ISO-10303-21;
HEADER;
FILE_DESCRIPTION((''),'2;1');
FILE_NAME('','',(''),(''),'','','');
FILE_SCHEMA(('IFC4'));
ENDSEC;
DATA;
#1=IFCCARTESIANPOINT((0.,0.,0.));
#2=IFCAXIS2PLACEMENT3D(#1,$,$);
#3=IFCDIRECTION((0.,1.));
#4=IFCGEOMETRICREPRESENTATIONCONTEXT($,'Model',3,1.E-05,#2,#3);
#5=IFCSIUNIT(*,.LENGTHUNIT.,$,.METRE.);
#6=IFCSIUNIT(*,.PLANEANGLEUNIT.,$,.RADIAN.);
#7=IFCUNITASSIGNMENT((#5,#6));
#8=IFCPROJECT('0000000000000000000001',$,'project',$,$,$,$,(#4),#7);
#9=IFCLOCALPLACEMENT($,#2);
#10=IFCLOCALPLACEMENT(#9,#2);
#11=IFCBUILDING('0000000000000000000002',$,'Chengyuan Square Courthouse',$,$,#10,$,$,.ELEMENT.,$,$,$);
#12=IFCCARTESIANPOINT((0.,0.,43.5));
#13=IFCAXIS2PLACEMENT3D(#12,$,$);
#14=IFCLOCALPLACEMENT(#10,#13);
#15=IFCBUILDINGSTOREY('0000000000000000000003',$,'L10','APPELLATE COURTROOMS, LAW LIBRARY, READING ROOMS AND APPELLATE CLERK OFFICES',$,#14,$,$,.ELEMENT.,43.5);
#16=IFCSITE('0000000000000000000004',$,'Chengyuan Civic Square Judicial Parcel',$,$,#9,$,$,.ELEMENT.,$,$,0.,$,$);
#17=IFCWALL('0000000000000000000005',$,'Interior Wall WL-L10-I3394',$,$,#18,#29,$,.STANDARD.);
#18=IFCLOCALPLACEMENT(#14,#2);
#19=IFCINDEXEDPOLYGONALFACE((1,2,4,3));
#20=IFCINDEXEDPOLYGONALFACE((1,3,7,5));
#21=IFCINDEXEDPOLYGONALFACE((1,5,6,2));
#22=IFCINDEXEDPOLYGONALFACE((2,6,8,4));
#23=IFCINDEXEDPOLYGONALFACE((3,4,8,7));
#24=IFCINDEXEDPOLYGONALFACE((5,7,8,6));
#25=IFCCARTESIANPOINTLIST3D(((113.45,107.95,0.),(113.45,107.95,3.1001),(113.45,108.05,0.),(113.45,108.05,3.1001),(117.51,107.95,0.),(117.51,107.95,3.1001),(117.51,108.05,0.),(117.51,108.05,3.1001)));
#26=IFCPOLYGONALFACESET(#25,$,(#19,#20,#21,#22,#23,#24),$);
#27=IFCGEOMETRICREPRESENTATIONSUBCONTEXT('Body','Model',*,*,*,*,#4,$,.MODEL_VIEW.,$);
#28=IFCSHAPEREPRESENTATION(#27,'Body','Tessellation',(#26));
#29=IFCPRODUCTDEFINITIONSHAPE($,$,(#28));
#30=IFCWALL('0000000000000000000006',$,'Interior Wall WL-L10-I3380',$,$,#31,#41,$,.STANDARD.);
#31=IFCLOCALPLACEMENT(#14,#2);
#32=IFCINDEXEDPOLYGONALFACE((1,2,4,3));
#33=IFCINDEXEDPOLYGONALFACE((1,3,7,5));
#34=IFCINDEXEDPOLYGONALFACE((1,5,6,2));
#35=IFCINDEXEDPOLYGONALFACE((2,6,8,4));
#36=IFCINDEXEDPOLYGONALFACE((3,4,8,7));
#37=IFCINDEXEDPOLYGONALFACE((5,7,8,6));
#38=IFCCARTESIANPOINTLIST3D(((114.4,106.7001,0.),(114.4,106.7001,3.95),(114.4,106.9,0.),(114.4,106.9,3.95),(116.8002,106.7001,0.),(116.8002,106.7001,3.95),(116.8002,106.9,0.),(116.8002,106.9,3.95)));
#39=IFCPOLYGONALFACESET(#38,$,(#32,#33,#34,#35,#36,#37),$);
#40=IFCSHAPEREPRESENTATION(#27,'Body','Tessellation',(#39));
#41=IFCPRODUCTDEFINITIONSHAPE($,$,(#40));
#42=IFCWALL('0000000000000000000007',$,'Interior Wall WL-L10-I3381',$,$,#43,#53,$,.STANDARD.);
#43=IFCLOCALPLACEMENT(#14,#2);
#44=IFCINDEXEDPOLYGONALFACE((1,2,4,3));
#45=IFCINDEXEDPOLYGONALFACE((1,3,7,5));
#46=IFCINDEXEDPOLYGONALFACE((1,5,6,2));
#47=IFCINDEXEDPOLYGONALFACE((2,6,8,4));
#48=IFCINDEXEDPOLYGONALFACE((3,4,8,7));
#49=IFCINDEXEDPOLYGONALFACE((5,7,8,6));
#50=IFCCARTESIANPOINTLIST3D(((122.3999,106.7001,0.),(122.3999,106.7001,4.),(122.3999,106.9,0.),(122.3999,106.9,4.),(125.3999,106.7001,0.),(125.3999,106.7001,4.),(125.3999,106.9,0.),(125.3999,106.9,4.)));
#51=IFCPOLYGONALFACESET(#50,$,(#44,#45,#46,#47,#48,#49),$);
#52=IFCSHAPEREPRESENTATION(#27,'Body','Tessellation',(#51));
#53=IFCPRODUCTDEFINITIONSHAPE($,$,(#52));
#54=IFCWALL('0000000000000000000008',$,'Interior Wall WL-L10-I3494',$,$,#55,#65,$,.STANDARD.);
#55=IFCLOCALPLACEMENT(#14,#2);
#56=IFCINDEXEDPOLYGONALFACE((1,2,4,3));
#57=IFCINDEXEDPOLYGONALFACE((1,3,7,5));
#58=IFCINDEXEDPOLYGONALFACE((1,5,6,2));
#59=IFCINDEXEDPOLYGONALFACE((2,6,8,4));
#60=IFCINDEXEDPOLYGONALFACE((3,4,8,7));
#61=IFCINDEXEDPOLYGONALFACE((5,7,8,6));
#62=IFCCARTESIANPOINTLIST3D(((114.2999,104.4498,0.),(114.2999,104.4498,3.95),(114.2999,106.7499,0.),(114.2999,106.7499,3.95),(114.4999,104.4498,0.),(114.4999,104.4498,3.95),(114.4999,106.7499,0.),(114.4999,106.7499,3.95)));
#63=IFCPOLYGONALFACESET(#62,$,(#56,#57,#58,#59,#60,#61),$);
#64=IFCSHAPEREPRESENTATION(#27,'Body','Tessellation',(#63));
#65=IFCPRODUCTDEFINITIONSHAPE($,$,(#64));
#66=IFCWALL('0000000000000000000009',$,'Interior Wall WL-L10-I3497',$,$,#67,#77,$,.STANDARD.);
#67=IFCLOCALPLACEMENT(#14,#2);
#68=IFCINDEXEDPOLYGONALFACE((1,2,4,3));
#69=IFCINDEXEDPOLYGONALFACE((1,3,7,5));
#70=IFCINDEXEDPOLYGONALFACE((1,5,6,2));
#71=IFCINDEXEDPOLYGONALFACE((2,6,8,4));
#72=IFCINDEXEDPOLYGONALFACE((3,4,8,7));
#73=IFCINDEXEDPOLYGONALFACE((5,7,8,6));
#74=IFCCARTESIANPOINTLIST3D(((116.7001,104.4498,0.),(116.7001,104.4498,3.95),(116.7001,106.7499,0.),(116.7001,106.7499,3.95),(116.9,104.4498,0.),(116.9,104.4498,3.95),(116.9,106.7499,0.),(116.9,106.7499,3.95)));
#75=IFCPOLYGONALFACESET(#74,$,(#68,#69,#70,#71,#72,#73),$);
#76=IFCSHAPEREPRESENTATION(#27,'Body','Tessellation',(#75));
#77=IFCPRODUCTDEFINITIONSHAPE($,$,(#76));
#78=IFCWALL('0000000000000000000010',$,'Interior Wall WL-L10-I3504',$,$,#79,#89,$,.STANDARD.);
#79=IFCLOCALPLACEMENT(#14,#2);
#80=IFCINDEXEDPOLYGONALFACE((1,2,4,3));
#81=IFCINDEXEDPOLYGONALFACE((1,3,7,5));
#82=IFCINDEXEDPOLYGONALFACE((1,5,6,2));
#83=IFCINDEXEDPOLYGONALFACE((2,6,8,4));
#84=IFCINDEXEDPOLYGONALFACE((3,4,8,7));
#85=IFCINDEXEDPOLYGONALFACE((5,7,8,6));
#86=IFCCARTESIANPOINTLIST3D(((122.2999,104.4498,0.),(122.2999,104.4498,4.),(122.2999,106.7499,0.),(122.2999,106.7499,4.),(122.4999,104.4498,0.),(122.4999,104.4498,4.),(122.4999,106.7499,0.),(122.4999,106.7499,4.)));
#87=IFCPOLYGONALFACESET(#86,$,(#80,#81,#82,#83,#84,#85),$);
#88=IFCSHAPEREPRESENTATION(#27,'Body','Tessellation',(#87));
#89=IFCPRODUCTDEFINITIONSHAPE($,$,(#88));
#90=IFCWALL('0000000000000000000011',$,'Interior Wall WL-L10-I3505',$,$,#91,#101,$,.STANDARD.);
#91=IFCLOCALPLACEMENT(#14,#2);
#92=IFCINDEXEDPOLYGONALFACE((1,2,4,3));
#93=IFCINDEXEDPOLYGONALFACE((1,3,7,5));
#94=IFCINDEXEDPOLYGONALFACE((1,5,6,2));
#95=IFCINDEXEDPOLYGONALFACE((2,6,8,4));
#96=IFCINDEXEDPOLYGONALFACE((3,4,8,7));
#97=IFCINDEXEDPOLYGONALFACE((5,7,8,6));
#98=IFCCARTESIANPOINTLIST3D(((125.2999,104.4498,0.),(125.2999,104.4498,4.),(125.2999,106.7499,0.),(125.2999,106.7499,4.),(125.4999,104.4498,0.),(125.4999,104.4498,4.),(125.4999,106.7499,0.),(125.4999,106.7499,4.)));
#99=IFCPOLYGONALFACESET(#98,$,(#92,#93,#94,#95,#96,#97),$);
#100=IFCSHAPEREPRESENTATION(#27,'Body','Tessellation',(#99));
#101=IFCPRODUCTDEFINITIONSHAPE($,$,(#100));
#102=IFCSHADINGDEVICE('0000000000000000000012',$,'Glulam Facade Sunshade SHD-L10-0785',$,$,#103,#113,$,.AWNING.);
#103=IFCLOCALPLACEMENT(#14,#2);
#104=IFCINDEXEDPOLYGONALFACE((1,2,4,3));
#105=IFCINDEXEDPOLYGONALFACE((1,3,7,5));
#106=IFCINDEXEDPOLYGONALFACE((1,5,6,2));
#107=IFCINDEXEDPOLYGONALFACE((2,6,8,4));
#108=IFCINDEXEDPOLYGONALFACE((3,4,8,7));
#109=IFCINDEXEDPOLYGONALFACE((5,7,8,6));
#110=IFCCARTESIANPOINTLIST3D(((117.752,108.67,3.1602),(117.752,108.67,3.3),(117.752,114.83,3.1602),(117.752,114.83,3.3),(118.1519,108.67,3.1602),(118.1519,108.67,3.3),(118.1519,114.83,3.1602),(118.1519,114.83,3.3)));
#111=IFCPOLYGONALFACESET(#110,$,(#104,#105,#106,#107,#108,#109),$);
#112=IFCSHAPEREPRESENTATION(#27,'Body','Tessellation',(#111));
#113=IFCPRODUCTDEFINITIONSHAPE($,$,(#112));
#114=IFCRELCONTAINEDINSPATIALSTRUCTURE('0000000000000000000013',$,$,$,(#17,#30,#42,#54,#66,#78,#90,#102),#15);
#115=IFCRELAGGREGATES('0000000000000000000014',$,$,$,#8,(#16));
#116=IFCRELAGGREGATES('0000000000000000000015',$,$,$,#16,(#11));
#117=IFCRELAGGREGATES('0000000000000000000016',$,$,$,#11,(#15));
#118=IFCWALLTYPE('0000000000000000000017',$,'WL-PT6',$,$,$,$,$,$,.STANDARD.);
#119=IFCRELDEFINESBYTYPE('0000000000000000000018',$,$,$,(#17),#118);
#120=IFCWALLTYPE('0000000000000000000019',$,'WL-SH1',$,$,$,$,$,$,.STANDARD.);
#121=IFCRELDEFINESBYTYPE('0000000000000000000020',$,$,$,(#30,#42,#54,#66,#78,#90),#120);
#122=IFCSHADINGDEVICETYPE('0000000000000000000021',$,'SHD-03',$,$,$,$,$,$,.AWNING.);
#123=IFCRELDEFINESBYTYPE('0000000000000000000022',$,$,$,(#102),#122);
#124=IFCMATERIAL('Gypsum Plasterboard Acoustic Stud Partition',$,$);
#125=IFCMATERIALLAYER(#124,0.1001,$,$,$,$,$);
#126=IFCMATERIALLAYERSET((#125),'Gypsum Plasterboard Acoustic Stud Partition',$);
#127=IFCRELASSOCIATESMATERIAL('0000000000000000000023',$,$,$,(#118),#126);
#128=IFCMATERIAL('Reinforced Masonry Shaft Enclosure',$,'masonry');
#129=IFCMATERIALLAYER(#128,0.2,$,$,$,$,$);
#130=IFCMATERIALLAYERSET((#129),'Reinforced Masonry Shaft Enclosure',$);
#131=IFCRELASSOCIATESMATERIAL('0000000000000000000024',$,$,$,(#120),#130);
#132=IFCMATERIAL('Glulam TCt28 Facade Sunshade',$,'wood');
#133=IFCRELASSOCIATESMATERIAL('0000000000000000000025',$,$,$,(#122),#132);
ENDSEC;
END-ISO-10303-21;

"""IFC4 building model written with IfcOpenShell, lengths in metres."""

from ifc_helpers import new_model, si_unit, direction, frame, frame_2d, origin, origin_2d, place, context, subcontext, project, spatial, rectangle, extrude, material, layer, layer_set, type_object, element, save


model = new_model("IFC4")

# Units and contexts
model_context = context("Model", 3, precision=1e-05, world=origin(), true_north=direction((0.0, 1.0)))
body_context = subcontext(model_context, "Body", "Model", "MODEL_VIEW")
ifc_project = project(units=[si_unit("LENGTHUNIT", "METRE"), si_unit("PLANEANGLEUNIT", "RADIAN")], contexts=[model_context])

# Site, building, storey
site_placement = place(None, origin())
site = spatial("IfcSite", under=ifc_project, at=site_placement, Name="Chengyuan Civic Square Judicial Parcel", CompositionType="ELEMENT", RefElevation=0.0)
building_placement = place(site_placement, origin())
building = spatial("IfcBuilding", under=site, at=building_placement, Name="Chengyuan Square Courthouse", CompositionType="ELEMENT")
storey_placement = place(building_placement, frame((0.0, 0.0, 43.5)))
storey = spatial("IfcBuildingStorey", under=building, at=storey_placement, Name="L10", Description="APPELLATE COURTROOMS, LAW LIBRARY, READING ROOMS AND APPELLATE CLERK OFFICES", CompositionType="ELEMENT", Elevation=43.5)

# Wall
ifc_material_1 = material(Name="Gypsum Plasterboard Acoustic Stud Partition")
ifc_layer_1 = layer(ifc_material_1, 0.1001)
ifc_layer_set_1 = layer_set([ifc_layer_1], Name="Gypsum Plasterboard Acoustic Stud Partition")
wall_type_1 = type_object("IfcWallType", Name="WL-PT6", PredefinedType="STANDARD", material=ifc_layer_set_1)
wall_1_placement = place(storey_placement, frame((113.45, 108.0, 0.0), z_axis=(0.0, 0.0, 1.0), x_axis=(1.0, 0.0, 0.0)))
element("IfcWall", 1, at=wall_1_placement, inside=storey, type_object=wall_type_1, Name="Interior Wall WL-L10-I3394", PredefinedType="STANDARD", context=body_context, shape_type="SweptSolid", body=[
    extrude(rectangle(XDim=4.0601, YDim=0.1001, at=frame_2d((2.03, 0.0))), origin(), (0.0, 0.0, 1.0), 3.1001),
])

# Shared definitions
ifc_material_2 = material(Name="Reinforced Masonry Shaft Enclosure", Category="masonry")
ifc_layer_2 = layer(ifc_material_2, 0.2)
ifc_layer_set_2 = layer_set([ifc_layer_2], Name="Reinforced Masonry Shaft Enclosure")
wall_type_2 = type_object("IfcWallType", Name="WL-SH1", PredefinedType="STANDARD", material=ifc_layer_set_2)

# Walls
wall_2_placement = place(storey_placement, frame((114.3999, 106.8, 0.0), z_axis=(0.0, 0.0, 1.0), x_axis=(1.0, 0.0, 0.0)))
element("IfcWall", 2, at=wall_2_placement, inside=storey, type_object=wall_type_2, Name="Interior Wall WL-L10-I3380", PredefinedType="STANDARD", context=body_context, shape_type="SweptSolid", body=[
    extrude(rectangle(XDim=2.4001, YDim=0.2, at=frame_2d((1.2002, 0.0))), origin(), (0.0, 0.0, 1.0), 3.95),
])
wall_3_placement = place(storey_placement, frame((122.3999, 106.8, 0.0), z_axis=(0.0, 0.0, 1.0), x_axis=(1.0, 0.0, 0.0)))
element("IfcWall", 3, at=wall_3_placement, inside=storey, type_object=wall_type_2, Name="Interior Wall WL-L10-I3381", PredefinedType="STANDARD", context=body_context, shape_type="SweptSolid", body=[
    extrude(rectangle(XDim=3.0, YDim=0.2, at=frame_2d((1.5, 0.0))), origin(), (0.0, 0.0, 1.0), 4.0),
])
for number, where, z_axis, x_axis, name in (
    (4, (114.3999, 104.45, 0.0), (0.0, 0.0, 1.0), (0.0, 1.0, 0.0), "Interior Wall WL-L10-I3494"),
    (5, (116.8, 104.45, 0.0), (0.0, 0.0, 1.0), (0.0, 1.0, 0.0), "Interior Wall WL-L10-I3497"),
):
    element("IfcWall", number, at=place(storey_placement, frame(where, z_axis=z_axis, x_axis=x_axis)), inside=storey, type_object=wall_type_2, Name=name, PredefinedType="STANDARD", context=body_context, shape_type="SweptSolid", body=[
        extrude(rectangle(XDim=2.3, YDim=0.2, at=frame_2d((1.1499, 0.0))), origin(), (0.0, 0.0, 1.0), 3.95),
    ])
for number, where, z_axis, x_axis, name in (
    (6, (122.3999, 104.45, 0.0), (0.0, 0.0, 1.0), (0.0, 1.0, 0.0), "Interior Wall WL-L10-I3504"),
    (7, (125.3999, 104.45, 0.0), (0.0, 0.0, 1.0), (0.0, 1.0, 0.0), "Interior Wall WL-L10-I3505"),
):
    element("IfcWall", number, at=place(storey_placement, frame(where, z_axis=z_axis, x_axis=x_axis)), inside=storey, type_object=wall_type_2, Name=name, PredefinedType="STANDARD", context=body_context, shape_type="SweptSolid", body=[
        extrude(rectangle(XDim=2.3, YDim=0.2, at=frame_2d((1.1499, 0.0))), origin(), (0.0, 0.0, 1.0), 4.0),
    ])

# Shading device
ifc_material_3 = material(Name="Glulam TCt28 Facade Sunshade", Category="wood")
shading_device_type = type_object("IfcShadingDeviceType", Name="SHD-03", PredefinedType="AWNING", material=ifc_material_3)
shading_device_placement = place(storey_placement, frame((117.9519, 111.75, 3.1602), z_axis=(0.0, 0.0, 1.0), x_axis=(0.0, 1.0, 0.0)))
element("IfcShadingDevice", 8, at=shading_device_placement, inside=storey, type_object=shading_device_type, Name="Glulam Facade Sunshade SHD-L10-0785", PredefinedType="AWNING", context=body_context, shape_type="SweptSolid", body=[
    extrude(rectangle(XDim=6.1599, YDim=0.3999, at=origin_2d()), origin(), (0.0, 0.0, 1.0), 0.1399),
])

save(model, "model.ifc")
